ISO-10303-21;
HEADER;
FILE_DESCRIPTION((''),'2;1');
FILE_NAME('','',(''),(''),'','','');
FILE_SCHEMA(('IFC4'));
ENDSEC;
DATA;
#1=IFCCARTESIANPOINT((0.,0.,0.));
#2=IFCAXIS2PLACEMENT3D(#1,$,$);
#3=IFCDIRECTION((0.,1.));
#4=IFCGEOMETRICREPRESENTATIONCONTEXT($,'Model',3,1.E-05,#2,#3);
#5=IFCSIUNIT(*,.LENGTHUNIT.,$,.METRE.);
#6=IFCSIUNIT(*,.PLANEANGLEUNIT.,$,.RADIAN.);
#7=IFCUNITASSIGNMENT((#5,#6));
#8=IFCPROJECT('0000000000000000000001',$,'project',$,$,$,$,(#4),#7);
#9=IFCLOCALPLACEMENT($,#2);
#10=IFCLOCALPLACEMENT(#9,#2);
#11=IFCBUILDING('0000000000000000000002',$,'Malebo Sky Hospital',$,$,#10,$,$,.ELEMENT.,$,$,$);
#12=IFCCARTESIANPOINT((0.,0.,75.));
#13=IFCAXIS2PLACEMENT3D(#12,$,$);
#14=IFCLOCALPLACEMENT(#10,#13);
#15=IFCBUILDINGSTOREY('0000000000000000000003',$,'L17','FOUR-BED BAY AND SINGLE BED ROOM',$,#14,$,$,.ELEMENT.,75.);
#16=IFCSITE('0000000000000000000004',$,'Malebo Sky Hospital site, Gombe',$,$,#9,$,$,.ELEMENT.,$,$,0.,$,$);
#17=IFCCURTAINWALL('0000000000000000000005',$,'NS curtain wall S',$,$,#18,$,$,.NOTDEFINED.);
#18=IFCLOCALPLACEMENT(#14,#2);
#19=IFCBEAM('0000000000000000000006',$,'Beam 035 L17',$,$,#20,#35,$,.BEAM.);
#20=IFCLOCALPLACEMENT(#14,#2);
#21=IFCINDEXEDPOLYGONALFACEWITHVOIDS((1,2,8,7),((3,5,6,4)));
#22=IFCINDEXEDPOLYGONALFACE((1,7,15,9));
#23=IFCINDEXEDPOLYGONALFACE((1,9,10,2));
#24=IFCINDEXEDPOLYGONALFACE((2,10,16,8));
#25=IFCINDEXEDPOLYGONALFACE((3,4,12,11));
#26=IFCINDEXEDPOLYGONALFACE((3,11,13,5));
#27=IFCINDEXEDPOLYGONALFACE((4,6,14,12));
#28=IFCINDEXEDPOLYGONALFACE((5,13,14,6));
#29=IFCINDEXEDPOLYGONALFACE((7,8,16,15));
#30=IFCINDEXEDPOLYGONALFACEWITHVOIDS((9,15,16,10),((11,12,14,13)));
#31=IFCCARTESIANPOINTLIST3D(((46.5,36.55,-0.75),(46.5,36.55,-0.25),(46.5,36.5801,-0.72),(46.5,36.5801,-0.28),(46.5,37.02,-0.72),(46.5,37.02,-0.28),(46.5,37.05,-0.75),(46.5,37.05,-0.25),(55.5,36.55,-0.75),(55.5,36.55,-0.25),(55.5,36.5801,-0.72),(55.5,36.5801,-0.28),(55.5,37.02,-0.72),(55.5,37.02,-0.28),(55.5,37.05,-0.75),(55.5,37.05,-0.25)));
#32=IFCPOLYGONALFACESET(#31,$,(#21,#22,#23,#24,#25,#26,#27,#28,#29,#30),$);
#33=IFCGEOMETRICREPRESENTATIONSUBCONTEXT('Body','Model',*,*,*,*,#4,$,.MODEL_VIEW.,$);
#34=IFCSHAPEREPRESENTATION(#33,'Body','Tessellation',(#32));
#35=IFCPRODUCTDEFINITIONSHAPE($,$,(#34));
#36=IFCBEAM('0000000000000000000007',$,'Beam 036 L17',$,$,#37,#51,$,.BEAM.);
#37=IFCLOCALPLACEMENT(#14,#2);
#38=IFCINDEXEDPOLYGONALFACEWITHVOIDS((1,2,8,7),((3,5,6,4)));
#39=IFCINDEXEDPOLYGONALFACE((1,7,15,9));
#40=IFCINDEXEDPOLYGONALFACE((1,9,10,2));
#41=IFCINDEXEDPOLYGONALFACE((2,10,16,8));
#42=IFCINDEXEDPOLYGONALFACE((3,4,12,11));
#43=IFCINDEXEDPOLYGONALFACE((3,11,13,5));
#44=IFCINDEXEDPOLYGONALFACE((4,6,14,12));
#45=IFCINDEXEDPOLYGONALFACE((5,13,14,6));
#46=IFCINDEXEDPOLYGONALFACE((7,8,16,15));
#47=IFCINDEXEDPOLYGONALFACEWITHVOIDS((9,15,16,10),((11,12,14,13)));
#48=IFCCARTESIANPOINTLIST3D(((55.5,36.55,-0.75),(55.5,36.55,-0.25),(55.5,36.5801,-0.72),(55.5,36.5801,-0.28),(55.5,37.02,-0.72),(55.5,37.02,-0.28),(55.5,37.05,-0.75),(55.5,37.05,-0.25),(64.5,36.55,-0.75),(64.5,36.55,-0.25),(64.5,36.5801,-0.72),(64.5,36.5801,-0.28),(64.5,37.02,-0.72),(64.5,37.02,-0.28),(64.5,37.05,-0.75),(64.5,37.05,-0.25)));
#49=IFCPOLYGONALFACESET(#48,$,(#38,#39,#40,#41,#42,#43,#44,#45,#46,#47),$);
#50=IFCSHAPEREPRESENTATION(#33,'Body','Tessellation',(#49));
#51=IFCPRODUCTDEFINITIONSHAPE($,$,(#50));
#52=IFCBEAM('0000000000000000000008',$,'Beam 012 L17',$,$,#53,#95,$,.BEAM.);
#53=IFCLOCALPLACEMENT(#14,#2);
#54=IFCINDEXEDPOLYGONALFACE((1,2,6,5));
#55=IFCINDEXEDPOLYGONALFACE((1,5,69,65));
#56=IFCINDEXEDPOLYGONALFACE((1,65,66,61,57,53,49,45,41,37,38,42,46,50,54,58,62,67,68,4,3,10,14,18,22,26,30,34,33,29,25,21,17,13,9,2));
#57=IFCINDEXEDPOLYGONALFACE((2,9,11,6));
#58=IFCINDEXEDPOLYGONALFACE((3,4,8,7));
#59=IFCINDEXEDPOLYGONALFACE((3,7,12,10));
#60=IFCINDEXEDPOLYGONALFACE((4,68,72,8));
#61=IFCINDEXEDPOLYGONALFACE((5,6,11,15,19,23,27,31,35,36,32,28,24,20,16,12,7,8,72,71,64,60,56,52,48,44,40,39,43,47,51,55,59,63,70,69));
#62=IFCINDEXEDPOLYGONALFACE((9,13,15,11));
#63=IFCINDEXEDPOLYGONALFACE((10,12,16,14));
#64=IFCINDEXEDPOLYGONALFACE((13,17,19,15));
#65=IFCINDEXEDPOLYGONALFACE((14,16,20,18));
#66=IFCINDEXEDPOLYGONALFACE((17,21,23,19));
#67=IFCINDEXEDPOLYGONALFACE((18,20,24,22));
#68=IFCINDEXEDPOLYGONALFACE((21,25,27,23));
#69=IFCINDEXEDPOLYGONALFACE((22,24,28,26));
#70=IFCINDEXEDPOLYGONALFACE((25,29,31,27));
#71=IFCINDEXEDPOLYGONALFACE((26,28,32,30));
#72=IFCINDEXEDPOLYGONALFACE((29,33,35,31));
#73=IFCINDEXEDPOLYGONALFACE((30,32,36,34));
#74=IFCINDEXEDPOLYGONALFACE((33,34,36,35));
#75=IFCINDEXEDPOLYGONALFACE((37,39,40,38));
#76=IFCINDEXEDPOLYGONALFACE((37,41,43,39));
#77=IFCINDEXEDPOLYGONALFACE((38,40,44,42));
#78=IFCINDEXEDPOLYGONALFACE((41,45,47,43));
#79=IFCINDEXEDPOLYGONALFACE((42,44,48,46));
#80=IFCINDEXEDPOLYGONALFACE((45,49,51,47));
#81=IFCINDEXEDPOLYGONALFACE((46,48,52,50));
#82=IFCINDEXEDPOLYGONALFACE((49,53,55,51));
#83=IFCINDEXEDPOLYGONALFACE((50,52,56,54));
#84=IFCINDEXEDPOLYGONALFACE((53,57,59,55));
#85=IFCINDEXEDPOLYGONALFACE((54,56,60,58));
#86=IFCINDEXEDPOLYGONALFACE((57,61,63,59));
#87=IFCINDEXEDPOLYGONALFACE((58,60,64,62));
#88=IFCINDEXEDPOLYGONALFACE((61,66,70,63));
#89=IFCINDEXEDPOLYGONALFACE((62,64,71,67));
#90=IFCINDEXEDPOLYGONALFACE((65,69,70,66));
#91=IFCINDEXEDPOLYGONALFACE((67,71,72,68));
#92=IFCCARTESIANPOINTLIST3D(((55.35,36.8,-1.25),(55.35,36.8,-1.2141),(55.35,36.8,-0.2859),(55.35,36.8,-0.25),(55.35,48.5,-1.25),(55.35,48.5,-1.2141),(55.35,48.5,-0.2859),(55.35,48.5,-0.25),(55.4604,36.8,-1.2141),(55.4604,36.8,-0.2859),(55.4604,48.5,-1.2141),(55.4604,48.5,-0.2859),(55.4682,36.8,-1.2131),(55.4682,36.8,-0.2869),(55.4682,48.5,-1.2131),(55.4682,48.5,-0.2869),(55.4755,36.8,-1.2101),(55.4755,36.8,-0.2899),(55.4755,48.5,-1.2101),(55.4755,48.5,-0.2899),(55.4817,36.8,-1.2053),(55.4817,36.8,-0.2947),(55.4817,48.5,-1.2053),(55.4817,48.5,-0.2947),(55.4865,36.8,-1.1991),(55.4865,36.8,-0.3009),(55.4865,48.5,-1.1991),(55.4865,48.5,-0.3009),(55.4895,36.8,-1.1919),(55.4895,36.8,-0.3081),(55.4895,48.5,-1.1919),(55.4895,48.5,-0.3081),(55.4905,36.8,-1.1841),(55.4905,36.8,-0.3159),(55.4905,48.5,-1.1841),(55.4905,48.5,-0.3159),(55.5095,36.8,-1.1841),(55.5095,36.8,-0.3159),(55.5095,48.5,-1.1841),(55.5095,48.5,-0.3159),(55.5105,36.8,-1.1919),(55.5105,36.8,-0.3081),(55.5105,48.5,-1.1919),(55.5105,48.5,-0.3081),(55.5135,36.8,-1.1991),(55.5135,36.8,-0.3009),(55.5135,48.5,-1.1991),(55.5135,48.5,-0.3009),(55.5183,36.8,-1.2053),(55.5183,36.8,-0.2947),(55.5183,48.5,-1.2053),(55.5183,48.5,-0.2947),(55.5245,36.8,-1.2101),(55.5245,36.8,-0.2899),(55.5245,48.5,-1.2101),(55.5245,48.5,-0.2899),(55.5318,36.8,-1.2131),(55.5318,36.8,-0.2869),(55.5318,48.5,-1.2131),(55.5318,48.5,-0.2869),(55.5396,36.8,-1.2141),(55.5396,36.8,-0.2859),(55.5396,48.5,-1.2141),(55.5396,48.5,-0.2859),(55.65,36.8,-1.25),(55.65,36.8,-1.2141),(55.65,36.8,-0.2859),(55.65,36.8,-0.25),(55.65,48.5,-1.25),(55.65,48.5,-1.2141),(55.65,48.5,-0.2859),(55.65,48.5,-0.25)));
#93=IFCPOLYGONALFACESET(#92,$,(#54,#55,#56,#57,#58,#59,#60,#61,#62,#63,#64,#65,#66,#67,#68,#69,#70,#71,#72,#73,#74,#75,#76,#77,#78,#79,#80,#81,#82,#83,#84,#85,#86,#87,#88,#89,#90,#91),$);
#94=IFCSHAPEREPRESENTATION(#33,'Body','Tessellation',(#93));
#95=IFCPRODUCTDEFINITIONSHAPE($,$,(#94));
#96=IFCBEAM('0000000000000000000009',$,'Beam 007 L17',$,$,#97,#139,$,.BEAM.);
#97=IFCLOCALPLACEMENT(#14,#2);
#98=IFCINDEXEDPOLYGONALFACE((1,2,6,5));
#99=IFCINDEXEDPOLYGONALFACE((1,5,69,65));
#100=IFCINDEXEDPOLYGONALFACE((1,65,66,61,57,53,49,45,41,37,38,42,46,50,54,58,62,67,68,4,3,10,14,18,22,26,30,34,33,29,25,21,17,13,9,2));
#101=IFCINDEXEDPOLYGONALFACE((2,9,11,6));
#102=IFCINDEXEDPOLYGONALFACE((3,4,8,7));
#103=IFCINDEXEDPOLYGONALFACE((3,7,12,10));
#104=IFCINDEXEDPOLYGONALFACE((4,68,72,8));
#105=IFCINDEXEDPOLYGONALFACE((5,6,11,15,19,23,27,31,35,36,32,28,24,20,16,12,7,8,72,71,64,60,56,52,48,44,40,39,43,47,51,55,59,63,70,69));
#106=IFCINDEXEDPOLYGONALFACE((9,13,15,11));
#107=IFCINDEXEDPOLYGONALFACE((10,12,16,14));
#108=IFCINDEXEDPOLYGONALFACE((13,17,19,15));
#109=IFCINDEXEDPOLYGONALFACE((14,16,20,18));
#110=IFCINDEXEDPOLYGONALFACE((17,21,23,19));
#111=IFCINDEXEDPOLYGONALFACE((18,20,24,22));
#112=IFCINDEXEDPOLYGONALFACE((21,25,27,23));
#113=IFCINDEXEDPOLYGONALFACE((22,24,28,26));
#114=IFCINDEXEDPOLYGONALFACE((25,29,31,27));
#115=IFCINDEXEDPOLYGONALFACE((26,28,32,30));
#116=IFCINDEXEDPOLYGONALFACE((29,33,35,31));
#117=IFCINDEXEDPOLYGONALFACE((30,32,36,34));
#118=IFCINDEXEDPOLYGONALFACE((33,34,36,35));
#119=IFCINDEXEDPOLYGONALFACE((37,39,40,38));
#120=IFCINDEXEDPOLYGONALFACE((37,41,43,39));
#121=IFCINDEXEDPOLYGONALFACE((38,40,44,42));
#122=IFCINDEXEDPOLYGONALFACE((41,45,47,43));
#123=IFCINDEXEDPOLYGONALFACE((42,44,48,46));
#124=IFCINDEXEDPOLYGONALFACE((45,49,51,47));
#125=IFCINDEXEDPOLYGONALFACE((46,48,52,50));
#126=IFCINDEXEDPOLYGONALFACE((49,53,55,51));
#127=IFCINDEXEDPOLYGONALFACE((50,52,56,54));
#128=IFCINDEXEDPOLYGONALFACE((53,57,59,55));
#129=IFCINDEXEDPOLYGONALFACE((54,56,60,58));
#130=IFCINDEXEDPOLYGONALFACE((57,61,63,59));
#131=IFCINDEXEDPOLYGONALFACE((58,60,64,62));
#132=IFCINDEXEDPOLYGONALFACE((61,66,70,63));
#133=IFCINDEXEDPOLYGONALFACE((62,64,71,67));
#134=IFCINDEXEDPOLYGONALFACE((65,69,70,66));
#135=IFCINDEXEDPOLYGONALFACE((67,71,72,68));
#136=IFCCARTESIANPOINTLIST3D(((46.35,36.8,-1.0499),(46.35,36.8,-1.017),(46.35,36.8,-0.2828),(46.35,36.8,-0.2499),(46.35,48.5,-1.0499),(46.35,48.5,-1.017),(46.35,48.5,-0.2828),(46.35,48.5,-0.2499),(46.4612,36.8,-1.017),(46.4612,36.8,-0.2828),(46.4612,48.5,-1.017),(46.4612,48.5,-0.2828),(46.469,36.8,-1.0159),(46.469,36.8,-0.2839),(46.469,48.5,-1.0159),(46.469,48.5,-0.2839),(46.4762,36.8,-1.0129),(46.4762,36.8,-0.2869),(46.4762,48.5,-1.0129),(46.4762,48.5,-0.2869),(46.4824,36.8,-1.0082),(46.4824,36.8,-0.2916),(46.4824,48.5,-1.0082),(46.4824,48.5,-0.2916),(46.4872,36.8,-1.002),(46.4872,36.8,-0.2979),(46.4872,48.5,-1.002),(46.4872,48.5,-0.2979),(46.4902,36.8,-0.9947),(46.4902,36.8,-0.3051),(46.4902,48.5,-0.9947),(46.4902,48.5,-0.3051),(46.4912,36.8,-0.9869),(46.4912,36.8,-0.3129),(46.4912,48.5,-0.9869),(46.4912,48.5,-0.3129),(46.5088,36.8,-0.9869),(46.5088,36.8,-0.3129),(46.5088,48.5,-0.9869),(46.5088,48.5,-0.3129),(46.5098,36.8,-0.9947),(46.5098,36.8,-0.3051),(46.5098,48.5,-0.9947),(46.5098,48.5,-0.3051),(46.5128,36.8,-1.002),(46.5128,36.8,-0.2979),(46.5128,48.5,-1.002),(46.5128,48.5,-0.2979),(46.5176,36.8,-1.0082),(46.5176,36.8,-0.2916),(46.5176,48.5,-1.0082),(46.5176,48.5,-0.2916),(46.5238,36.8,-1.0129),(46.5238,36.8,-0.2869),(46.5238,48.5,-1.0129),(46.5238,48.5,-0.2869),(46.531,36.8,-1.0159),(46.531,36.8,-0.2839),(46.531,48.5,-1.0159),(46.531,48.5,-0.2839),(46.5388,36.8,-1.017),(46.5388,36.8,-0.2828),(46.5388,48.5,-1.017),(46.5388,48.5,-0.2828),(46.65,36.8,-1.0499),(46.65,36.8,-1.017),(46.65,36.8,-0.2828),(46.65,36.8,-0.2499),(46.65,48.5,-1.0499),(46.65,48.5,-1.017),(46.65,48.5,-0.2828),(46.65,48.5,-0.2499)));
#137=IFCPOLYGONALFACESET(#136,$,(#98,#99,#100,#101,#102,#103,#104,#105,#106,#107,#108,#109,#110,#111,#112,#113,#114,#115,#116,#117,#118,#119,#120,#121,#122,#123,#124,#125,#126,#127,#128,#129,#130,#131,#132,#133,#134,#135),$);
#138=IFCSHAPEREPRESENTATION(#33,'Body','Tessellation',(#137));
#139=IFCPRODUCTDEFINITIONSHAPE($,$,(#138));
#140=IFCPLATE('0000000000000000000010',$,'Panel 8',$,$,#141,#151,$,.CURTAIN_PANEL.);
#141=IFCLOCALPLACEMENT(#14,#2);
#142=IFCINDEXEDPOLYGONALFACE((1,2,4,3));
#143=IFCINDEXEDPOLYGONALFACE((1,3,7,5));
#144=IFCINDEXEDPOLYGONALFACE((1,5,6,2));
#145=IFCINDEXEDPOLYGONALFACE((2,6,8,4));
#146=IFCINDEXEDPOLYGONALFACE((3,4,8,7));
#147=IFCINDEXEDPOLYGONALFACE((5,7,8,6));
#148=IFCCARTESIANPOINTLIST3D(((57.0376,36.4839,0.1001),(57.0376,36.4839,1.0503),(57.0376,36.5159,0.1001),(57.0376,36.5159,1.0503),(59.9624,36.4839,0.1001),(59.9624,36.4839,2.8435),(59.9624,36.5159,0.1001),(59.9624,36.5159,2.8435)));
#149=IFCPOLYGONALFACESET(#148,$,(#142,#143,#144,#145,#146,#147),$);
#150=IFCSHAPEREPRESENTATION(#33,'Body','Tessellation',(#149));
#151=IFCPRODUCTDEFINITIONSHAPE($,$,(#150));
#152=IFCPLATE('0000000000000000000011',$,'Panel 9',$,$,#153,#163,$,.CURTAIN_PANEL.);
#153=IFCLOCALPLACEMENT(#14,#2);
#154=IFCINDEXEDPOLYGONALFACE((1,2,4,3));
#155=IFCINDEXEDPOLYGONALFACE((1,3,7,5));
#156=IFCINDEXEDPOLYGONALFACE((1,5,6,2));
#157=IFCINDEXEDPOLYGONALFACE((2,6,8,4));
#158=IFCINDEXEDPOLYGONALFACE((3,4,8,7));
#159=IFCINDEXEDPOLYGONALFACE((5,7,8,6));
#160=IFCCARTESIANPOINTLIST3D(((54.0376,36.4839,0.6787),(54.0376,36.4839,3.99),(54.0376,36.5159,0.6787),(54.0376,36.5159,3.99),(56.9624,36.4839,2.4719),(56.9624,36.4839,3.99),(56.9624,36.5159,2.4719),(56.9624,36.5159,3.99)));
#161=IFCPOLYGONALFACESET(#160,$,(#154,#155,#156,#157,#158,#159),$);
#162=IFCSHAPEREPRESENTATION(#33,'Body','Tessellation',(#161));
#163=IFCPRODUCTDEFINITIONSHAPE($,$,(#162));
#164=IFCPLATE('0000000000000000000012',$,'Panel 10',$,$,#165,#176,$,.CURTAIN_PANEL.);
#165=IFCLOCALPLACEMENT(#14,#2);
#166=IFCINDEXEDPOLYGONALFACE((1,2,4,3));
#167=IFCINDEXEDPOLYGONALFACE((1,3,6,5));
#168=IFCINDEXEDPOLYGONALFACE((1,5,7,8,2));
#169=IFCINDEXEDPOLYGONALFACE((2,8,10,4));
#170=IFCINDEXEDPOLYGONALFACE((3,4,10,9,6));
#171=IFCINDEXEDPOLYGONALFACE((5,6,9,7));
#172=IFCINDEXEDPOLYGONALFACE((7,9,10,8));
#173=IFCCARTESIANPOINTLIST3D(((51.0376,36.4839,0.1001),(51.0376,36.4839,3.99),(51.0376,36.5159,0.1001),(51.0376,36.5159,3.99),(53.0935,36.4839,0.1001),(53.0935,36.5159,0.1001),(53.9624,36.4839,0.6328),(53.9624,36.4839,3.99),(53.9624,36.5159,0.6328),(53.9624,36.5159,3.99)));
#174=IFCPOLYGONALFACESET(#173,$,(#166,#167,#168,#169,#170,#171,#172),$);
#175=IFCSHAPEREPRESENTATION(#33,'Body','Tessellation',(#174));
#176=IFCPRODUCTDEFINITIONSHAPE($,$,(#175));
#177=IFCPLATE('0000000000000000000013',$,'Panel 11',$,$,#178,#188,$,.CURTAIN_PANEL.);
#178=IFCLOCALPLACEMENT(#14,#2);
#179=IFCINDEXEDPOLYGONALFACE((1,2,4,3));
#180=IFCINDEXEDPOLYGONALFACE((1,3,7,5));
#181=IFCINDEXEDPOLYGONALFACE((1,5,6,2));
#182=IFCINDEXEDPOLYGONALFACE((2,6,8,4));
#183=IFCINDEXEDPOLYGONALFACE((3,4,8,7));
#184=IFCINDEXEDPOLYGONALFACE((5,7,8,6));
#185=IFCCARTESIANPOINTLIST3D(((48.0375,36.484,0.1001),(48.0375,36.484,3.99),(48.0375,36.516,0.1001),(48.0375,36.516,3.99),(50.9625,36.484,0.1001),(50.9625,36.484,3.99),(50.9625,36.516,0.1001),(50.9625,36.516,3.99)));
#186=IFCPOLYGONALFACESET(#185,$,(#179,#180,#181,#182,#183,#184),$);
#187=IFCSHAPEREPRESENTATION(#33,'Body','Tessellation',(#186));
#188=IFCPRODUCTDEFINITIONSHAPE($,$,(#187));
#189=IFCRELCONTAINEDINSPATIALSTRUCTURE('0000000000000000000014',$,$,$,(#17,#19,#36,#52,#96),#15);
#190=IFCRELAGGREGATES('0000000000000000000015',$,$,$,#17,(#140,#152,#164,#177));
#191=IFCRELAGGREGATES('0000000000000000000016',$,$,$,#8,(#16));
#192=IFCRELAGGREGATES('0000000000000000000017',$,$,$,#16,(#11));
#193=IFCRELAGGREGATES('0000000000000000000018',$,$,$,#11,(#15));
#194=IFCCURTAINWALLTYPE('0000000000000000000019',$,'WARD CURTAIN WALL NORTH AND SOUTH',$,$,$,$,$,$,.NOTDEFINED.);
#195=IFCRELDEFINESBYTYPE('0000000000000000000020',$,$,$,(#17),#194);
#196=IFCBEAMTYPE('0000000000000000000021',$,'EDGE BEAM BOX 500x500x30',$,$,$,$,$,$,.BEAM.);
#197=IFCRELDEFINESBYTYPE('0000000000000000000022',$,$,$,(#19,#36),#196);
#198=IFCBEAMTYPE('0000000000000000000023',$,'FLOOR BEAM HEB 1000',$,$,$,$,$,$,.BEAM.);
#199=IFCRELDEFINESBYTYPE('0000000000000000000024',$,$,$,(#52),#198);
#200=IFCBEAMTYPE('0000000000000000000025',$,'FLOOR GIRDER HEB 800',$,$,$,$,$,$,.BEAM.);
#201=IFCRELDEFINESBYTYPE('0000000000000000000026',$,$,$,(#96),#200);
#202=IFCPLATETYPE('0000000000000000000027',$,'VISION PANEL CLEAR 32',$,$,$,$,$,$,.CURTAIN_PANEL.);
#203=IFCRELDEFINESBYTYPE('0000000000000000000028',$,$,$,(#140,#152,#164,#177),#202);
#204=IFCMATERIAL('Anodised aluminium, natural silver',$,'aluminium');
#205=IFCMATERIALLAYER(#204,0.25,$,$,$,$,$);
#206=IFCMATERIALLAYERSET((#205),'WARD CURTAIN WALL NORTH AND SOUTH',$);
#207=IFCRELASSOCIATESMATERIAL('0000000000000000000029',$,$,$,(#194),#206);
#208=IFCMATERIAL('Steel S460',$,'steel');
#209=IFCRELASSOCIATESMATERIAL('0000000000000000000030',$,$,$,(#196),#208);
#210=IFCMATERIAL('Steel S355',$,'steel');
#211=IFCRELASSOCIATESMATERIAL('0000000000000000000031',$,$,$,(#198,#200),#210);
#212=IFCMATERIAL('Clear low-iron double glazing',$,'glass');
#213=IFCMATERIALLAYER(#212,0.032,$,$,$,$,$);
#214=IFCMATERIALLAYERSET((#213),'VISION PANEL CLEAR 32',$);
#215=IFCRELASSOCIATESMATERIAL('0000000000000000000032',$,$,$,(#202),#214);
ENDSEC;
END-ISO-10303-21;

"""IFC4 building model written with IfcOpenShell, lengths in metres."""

from ifc_helpers import new_model, si_unit, direction, frame, origin, origin_2d, place, context, subcontext, project, spatial, polyline, rectangle, hollow_rectangle, i_section, outline, extrude, material, layer, layer_set, material_profile, profile_set, type_object, element, aggregate, save


model = new_model("IFC4")

# Units and contexts
model_context = context("Model", 3, precision=1e-05, world=origin(), true_north=direction((0.0, 1.0)))
body_context = subcontext(model_context, "Body", "Model", "MODEL_VIEW")
ifc_project = project(units=[si_unit("LENGTHUNIT", "METRE"), si_unit("PLANEANGLEUNIT", "RADIAN")], contexts=[model_context])

# Site, building, storey
site_placement = place(None, origin())
site = spatial("IfcSite", under=ifc_project, at=site_placement, Name="Malebo Sky Hospital site, Gombe", CompositionType="ELEMENT", RefElevation=0.0)
building_placement = place(site_placement, origin())
building = spatial("IfcBuilding", under=site, at=building_placement, Name="Malebo Sky Hospital", CompositionType="ELEMENT")
storey_placement = place(building_placement, frame((0.0, 0.0, 75.0)))
storey = spatial("IfcBuildingStorey", under=building, at=storey_placement, Name="L17", Description="FOUR-BED BAY AND SINGLE BED ROOM", CompositionType="ELEMENT", Elevation=75.0)

# Shared definitions
ifc_material_1 = material(Name="Steel S460", Category="steel")

# Curtain wall
ifc_material_2 = material(Name="Anodised aluminium, natural silver", Category="aluminium")
ifc_layer_1 = layer(ifc_material_2, 0.25)
ifc_layer_set_1 = layer_set([ifc_layer_1], Name="WARD CURTAIN WALL NORTH AND SOUTH")
curtain_wall_type = type_object("IfcCurtainWallType", Name="WARD CURTAIN WALL NORTH AND SOUTH", PredefinedType="NOTDEFINED", material=ifc_layer_set_1)
curtain_wall_placement = place(storey_placement, origin())
curtain_wall = element("IfcCurtainWall", 1, at=curtain_wall_placement, inside=storey, type_object=curtain_wall_type, Name="NS curtain wall S", PredefinedType="NOTDEFINED")

# Shared definitions
ifc_material_3 = material(Name="Steel S355", Category="steel")

# Beams
ifc_material_profile_1 = material_profile(ifc_material_1, hollow_rectangle(XDim=0.5, YDim=0.5, WallThickness=0.03, at=origin_2d()), Name="BOX 500x500x30")
ifc_profile_set_1 = profile_set([ifc_material_profile_1], Name="Steel S460")
beam_type_1 = type_object("IfcBeamType", Name="EDGE BEAM BOX 500x500x30", PredefinedType="BEAM", material=ifc_profile_set_1)
for number, where, z_axis, x_axis, name in (
    (2, (46.5, 36.8, -0.5), (1.0, 0.0, 0.0), (0.0, 1.0, 0.0), "Beam 035 L17"),
    (3, (55.5, 36.8, -0.5), (1.0, 0.0, 0.0), (0.0, 1.0, 0.0), "Beam 036 L17"),
):
    element("IfcBeam", number, at=place(storey_placement, frame(where, z_axis=z_axis, x_axis=x_axis)), inside=storey, type_object=beam_type_1, Name=name, PredefinedType="BEAM", context=body_context, shape_type="SweptSolid", body=[
        extrude(hollow_rectangle(XDim=0.5, YDim=0.5, WallThickness=0.03, at=origin_2d()), origin(), (0.0, 0.0, 1.0), 9.0),
    ])
ifc_material_profile_2 = material_profile(ifc_material_3, i_section(OverallWidth=0.3, OverallDepth=1.0, WebThickness=0.019, FlangeThickness=0.0359, FilletRadius=0.03, at=origin_2d()), Name="HEB 1000")
ifc_profile_set_2 = profile_set([ifc_material_profile_2], Name="Steel S355")
beam_type_2 = type_object("IfcBeamType", Name="FLOOR BEAM HEB 1000", PredefinedType="BEAM", material=ifc_profile_set_2)
beam_1_placement = place(storey_placement, frame((55.5, 36.8, -0.75), z_axis=(0.0, 1.0, 0.0), x_axis=(-1.0, 0.0, 0.0)))
element("IfcBeam", 4, at=beam_1_placement, inside=storey, type_object=beam_type_2, Name="Beam 012 L17", PredefinedType="BEAM", context=body_context, shape_type="SweptSolid", body=[
    extrude(i_section(OverallWidth=0.3, OverallDepth=1.0, WebThickness=0.019, FlangeThickness=0.0359, FilletRadius=0.03, at=origin_2d()), origin(), (0.0, 0.0, 1.0), 11.7),
])
ifc_material_profile_3 = material_profile(ifc_material_3, i_section(OverallWidth=0.3, OverallDepth=0.8, WebThickness=0.0176, FlangeThickness=0.033, FilletRadius=0.03, at=origin_2d()), Name="HEB 800")
ifc_profile_set_3 = profile_set([ifc_material_profile_3], Name="Steel S355")
beam_type_3 = type_object("IfcBeamType", Name="FLOOR GIRDER HEB 800", PredefinedType="BEAM", material=ifc_profile_set_3)
beam_2_placement = place(storey_placement, frame((46.5, 36.8, -0.6499), z_axis=(0.0, 1.0, 0.0), x_axis=(-1.0, 0.0, 0.0)))
element("IfcBeam", 5, at=beam_2_placement, inside=storey, type_object=beam_type_3, Name="Beam 007 L17", PredefinedType="BEAM", context=body_context, shape_type="SweptSolid", body=[
    extrude(i_section(OverallWidth=0.3, OverallDepth=0.8, WebThickness=0.0176, FlangeThickness=0.033, FilletRadius=0.03, at=origin_2d()), origin(), (0.0, 0.0, 1.0), 11.7),
])

# Plates
ifc_material_4 = material(Name="Clear low-iron double glazing", Category="glass")
ifc_layer_2 = layer(ifc_material_4, 0.032)
ifc_layer_set_2 = layer_set([ifc_layer_2], Name="VISION PANEL CLEAR 32")
plate_type = type_object("IfcPlateType", Name="VISION PANEL CLEAR 32", PredefinedType="CURTAIN_PANEL", material=ifc_layer_set_2)
plate_1_placement = place(storey_placement, frame((58.5, 36.5, 0.1001), z_axis=(0.0, 0.0, 1.0), x_axis=(-1.0, 0.0, 0.0)))
plate_1 = element("IfcPlate", 6, at=plate_1_placement, type_object=plate_type, Name="Panel 8", PredefinedType="CURTAIN_PANEL", context=body_context, shape_type="SweptSolid", body=[
    extrude(outline(polyline([(-1.4624, 0.0), (1.4624, 0.0), (1.4624, 0.9502), (-1.4624, 2.7434), (-1.4624, 0.0)])), frame((0.0, 0.0161, 0.0), z_axis=(0.0, -1.0, 0.0), x_axis=(1.0, 0.0, 0.0)), (0.0, 0.0, 1.0), 0.032),
])
plate_2_placement = place(storey_placement, frame((55.5, 36.5, 0.6787), z_axis=(0.0, 0.0, 1.0), x_axis=(-1.0, 0.0, 0.0)))
plate_2 = element("IfcPlate", 7, at=plate_2_placement, type_object=plate_type, Name="Panel 9", PredefinedType="CURTAIN_PANEL", context=body_context, shape_type="SweptSolid", body=[
    extrude(outline(polyline([(1.4624, 0.0), (1.4624, 3.3113), (-1.4624, 3.3113), (-1.4624, 1.7932), (1.4624, 0.0)])), frame((0.0, 0.0161, 0.0), z_axis=(0.0, -1.0, 0.0), x_axis=(1.0, 0.0, 0.0)), (0.0, 0.0, 1.0), 0.032),
])
plate_3_placement = place(storey_placement, frame((52.5, 36.5, 0.1001), z_axis=(0.0, 0.0, 1.0), x_axis=(-1.0, 0.0, 0.0)))
plate_3 = element("IfcPlate", 8, at=plate_3_placement, type_object=plate_type, Name="Panel 10", PredefinedType="CURTAIN_PANEL", context=body_context, shape_type="SweptSolid", body=[
    extrude(outline(polyline([(-0.5935, 0.0), (1.4624, 0.0), (1.4624, 3.8899), (-1.4624, 3.8899), (-1.4624, 0.5327), (-0.5935, 0.0)])), frame((0.0, 0.0161, 0.0), z_axis=(0.0, -1.0, 0.0), x_axis=(1.0, 0.0, 0.0)), (0.0, 0.0, 1.0), 0.032),
])
plate_4_placement = place(storey_placement, frame((49.5, 36.5, 0.1001), z_axis=(0.0, 0.0, 1.0), x_axis=(-1.0, 0.0, 0.0)))
plate_4 = element("IfcPlate", 9, at=plate_4_placement, type_object=plate_type, Name="Panel 11", PredefinedType="CURTAIN_PANEL", context=body_context, shape_type="SweptSolid", body=[
    extrude(rectangle(XDim=2.925, YDim=0.032, at=origin_2d()), origin(), (0.0, 0.0, 1.0), 3.8899),
])
aggregate(curtain_wall, [plate_1, plate_2, plate_3, plate_4])

save(model, "model.ifc")
